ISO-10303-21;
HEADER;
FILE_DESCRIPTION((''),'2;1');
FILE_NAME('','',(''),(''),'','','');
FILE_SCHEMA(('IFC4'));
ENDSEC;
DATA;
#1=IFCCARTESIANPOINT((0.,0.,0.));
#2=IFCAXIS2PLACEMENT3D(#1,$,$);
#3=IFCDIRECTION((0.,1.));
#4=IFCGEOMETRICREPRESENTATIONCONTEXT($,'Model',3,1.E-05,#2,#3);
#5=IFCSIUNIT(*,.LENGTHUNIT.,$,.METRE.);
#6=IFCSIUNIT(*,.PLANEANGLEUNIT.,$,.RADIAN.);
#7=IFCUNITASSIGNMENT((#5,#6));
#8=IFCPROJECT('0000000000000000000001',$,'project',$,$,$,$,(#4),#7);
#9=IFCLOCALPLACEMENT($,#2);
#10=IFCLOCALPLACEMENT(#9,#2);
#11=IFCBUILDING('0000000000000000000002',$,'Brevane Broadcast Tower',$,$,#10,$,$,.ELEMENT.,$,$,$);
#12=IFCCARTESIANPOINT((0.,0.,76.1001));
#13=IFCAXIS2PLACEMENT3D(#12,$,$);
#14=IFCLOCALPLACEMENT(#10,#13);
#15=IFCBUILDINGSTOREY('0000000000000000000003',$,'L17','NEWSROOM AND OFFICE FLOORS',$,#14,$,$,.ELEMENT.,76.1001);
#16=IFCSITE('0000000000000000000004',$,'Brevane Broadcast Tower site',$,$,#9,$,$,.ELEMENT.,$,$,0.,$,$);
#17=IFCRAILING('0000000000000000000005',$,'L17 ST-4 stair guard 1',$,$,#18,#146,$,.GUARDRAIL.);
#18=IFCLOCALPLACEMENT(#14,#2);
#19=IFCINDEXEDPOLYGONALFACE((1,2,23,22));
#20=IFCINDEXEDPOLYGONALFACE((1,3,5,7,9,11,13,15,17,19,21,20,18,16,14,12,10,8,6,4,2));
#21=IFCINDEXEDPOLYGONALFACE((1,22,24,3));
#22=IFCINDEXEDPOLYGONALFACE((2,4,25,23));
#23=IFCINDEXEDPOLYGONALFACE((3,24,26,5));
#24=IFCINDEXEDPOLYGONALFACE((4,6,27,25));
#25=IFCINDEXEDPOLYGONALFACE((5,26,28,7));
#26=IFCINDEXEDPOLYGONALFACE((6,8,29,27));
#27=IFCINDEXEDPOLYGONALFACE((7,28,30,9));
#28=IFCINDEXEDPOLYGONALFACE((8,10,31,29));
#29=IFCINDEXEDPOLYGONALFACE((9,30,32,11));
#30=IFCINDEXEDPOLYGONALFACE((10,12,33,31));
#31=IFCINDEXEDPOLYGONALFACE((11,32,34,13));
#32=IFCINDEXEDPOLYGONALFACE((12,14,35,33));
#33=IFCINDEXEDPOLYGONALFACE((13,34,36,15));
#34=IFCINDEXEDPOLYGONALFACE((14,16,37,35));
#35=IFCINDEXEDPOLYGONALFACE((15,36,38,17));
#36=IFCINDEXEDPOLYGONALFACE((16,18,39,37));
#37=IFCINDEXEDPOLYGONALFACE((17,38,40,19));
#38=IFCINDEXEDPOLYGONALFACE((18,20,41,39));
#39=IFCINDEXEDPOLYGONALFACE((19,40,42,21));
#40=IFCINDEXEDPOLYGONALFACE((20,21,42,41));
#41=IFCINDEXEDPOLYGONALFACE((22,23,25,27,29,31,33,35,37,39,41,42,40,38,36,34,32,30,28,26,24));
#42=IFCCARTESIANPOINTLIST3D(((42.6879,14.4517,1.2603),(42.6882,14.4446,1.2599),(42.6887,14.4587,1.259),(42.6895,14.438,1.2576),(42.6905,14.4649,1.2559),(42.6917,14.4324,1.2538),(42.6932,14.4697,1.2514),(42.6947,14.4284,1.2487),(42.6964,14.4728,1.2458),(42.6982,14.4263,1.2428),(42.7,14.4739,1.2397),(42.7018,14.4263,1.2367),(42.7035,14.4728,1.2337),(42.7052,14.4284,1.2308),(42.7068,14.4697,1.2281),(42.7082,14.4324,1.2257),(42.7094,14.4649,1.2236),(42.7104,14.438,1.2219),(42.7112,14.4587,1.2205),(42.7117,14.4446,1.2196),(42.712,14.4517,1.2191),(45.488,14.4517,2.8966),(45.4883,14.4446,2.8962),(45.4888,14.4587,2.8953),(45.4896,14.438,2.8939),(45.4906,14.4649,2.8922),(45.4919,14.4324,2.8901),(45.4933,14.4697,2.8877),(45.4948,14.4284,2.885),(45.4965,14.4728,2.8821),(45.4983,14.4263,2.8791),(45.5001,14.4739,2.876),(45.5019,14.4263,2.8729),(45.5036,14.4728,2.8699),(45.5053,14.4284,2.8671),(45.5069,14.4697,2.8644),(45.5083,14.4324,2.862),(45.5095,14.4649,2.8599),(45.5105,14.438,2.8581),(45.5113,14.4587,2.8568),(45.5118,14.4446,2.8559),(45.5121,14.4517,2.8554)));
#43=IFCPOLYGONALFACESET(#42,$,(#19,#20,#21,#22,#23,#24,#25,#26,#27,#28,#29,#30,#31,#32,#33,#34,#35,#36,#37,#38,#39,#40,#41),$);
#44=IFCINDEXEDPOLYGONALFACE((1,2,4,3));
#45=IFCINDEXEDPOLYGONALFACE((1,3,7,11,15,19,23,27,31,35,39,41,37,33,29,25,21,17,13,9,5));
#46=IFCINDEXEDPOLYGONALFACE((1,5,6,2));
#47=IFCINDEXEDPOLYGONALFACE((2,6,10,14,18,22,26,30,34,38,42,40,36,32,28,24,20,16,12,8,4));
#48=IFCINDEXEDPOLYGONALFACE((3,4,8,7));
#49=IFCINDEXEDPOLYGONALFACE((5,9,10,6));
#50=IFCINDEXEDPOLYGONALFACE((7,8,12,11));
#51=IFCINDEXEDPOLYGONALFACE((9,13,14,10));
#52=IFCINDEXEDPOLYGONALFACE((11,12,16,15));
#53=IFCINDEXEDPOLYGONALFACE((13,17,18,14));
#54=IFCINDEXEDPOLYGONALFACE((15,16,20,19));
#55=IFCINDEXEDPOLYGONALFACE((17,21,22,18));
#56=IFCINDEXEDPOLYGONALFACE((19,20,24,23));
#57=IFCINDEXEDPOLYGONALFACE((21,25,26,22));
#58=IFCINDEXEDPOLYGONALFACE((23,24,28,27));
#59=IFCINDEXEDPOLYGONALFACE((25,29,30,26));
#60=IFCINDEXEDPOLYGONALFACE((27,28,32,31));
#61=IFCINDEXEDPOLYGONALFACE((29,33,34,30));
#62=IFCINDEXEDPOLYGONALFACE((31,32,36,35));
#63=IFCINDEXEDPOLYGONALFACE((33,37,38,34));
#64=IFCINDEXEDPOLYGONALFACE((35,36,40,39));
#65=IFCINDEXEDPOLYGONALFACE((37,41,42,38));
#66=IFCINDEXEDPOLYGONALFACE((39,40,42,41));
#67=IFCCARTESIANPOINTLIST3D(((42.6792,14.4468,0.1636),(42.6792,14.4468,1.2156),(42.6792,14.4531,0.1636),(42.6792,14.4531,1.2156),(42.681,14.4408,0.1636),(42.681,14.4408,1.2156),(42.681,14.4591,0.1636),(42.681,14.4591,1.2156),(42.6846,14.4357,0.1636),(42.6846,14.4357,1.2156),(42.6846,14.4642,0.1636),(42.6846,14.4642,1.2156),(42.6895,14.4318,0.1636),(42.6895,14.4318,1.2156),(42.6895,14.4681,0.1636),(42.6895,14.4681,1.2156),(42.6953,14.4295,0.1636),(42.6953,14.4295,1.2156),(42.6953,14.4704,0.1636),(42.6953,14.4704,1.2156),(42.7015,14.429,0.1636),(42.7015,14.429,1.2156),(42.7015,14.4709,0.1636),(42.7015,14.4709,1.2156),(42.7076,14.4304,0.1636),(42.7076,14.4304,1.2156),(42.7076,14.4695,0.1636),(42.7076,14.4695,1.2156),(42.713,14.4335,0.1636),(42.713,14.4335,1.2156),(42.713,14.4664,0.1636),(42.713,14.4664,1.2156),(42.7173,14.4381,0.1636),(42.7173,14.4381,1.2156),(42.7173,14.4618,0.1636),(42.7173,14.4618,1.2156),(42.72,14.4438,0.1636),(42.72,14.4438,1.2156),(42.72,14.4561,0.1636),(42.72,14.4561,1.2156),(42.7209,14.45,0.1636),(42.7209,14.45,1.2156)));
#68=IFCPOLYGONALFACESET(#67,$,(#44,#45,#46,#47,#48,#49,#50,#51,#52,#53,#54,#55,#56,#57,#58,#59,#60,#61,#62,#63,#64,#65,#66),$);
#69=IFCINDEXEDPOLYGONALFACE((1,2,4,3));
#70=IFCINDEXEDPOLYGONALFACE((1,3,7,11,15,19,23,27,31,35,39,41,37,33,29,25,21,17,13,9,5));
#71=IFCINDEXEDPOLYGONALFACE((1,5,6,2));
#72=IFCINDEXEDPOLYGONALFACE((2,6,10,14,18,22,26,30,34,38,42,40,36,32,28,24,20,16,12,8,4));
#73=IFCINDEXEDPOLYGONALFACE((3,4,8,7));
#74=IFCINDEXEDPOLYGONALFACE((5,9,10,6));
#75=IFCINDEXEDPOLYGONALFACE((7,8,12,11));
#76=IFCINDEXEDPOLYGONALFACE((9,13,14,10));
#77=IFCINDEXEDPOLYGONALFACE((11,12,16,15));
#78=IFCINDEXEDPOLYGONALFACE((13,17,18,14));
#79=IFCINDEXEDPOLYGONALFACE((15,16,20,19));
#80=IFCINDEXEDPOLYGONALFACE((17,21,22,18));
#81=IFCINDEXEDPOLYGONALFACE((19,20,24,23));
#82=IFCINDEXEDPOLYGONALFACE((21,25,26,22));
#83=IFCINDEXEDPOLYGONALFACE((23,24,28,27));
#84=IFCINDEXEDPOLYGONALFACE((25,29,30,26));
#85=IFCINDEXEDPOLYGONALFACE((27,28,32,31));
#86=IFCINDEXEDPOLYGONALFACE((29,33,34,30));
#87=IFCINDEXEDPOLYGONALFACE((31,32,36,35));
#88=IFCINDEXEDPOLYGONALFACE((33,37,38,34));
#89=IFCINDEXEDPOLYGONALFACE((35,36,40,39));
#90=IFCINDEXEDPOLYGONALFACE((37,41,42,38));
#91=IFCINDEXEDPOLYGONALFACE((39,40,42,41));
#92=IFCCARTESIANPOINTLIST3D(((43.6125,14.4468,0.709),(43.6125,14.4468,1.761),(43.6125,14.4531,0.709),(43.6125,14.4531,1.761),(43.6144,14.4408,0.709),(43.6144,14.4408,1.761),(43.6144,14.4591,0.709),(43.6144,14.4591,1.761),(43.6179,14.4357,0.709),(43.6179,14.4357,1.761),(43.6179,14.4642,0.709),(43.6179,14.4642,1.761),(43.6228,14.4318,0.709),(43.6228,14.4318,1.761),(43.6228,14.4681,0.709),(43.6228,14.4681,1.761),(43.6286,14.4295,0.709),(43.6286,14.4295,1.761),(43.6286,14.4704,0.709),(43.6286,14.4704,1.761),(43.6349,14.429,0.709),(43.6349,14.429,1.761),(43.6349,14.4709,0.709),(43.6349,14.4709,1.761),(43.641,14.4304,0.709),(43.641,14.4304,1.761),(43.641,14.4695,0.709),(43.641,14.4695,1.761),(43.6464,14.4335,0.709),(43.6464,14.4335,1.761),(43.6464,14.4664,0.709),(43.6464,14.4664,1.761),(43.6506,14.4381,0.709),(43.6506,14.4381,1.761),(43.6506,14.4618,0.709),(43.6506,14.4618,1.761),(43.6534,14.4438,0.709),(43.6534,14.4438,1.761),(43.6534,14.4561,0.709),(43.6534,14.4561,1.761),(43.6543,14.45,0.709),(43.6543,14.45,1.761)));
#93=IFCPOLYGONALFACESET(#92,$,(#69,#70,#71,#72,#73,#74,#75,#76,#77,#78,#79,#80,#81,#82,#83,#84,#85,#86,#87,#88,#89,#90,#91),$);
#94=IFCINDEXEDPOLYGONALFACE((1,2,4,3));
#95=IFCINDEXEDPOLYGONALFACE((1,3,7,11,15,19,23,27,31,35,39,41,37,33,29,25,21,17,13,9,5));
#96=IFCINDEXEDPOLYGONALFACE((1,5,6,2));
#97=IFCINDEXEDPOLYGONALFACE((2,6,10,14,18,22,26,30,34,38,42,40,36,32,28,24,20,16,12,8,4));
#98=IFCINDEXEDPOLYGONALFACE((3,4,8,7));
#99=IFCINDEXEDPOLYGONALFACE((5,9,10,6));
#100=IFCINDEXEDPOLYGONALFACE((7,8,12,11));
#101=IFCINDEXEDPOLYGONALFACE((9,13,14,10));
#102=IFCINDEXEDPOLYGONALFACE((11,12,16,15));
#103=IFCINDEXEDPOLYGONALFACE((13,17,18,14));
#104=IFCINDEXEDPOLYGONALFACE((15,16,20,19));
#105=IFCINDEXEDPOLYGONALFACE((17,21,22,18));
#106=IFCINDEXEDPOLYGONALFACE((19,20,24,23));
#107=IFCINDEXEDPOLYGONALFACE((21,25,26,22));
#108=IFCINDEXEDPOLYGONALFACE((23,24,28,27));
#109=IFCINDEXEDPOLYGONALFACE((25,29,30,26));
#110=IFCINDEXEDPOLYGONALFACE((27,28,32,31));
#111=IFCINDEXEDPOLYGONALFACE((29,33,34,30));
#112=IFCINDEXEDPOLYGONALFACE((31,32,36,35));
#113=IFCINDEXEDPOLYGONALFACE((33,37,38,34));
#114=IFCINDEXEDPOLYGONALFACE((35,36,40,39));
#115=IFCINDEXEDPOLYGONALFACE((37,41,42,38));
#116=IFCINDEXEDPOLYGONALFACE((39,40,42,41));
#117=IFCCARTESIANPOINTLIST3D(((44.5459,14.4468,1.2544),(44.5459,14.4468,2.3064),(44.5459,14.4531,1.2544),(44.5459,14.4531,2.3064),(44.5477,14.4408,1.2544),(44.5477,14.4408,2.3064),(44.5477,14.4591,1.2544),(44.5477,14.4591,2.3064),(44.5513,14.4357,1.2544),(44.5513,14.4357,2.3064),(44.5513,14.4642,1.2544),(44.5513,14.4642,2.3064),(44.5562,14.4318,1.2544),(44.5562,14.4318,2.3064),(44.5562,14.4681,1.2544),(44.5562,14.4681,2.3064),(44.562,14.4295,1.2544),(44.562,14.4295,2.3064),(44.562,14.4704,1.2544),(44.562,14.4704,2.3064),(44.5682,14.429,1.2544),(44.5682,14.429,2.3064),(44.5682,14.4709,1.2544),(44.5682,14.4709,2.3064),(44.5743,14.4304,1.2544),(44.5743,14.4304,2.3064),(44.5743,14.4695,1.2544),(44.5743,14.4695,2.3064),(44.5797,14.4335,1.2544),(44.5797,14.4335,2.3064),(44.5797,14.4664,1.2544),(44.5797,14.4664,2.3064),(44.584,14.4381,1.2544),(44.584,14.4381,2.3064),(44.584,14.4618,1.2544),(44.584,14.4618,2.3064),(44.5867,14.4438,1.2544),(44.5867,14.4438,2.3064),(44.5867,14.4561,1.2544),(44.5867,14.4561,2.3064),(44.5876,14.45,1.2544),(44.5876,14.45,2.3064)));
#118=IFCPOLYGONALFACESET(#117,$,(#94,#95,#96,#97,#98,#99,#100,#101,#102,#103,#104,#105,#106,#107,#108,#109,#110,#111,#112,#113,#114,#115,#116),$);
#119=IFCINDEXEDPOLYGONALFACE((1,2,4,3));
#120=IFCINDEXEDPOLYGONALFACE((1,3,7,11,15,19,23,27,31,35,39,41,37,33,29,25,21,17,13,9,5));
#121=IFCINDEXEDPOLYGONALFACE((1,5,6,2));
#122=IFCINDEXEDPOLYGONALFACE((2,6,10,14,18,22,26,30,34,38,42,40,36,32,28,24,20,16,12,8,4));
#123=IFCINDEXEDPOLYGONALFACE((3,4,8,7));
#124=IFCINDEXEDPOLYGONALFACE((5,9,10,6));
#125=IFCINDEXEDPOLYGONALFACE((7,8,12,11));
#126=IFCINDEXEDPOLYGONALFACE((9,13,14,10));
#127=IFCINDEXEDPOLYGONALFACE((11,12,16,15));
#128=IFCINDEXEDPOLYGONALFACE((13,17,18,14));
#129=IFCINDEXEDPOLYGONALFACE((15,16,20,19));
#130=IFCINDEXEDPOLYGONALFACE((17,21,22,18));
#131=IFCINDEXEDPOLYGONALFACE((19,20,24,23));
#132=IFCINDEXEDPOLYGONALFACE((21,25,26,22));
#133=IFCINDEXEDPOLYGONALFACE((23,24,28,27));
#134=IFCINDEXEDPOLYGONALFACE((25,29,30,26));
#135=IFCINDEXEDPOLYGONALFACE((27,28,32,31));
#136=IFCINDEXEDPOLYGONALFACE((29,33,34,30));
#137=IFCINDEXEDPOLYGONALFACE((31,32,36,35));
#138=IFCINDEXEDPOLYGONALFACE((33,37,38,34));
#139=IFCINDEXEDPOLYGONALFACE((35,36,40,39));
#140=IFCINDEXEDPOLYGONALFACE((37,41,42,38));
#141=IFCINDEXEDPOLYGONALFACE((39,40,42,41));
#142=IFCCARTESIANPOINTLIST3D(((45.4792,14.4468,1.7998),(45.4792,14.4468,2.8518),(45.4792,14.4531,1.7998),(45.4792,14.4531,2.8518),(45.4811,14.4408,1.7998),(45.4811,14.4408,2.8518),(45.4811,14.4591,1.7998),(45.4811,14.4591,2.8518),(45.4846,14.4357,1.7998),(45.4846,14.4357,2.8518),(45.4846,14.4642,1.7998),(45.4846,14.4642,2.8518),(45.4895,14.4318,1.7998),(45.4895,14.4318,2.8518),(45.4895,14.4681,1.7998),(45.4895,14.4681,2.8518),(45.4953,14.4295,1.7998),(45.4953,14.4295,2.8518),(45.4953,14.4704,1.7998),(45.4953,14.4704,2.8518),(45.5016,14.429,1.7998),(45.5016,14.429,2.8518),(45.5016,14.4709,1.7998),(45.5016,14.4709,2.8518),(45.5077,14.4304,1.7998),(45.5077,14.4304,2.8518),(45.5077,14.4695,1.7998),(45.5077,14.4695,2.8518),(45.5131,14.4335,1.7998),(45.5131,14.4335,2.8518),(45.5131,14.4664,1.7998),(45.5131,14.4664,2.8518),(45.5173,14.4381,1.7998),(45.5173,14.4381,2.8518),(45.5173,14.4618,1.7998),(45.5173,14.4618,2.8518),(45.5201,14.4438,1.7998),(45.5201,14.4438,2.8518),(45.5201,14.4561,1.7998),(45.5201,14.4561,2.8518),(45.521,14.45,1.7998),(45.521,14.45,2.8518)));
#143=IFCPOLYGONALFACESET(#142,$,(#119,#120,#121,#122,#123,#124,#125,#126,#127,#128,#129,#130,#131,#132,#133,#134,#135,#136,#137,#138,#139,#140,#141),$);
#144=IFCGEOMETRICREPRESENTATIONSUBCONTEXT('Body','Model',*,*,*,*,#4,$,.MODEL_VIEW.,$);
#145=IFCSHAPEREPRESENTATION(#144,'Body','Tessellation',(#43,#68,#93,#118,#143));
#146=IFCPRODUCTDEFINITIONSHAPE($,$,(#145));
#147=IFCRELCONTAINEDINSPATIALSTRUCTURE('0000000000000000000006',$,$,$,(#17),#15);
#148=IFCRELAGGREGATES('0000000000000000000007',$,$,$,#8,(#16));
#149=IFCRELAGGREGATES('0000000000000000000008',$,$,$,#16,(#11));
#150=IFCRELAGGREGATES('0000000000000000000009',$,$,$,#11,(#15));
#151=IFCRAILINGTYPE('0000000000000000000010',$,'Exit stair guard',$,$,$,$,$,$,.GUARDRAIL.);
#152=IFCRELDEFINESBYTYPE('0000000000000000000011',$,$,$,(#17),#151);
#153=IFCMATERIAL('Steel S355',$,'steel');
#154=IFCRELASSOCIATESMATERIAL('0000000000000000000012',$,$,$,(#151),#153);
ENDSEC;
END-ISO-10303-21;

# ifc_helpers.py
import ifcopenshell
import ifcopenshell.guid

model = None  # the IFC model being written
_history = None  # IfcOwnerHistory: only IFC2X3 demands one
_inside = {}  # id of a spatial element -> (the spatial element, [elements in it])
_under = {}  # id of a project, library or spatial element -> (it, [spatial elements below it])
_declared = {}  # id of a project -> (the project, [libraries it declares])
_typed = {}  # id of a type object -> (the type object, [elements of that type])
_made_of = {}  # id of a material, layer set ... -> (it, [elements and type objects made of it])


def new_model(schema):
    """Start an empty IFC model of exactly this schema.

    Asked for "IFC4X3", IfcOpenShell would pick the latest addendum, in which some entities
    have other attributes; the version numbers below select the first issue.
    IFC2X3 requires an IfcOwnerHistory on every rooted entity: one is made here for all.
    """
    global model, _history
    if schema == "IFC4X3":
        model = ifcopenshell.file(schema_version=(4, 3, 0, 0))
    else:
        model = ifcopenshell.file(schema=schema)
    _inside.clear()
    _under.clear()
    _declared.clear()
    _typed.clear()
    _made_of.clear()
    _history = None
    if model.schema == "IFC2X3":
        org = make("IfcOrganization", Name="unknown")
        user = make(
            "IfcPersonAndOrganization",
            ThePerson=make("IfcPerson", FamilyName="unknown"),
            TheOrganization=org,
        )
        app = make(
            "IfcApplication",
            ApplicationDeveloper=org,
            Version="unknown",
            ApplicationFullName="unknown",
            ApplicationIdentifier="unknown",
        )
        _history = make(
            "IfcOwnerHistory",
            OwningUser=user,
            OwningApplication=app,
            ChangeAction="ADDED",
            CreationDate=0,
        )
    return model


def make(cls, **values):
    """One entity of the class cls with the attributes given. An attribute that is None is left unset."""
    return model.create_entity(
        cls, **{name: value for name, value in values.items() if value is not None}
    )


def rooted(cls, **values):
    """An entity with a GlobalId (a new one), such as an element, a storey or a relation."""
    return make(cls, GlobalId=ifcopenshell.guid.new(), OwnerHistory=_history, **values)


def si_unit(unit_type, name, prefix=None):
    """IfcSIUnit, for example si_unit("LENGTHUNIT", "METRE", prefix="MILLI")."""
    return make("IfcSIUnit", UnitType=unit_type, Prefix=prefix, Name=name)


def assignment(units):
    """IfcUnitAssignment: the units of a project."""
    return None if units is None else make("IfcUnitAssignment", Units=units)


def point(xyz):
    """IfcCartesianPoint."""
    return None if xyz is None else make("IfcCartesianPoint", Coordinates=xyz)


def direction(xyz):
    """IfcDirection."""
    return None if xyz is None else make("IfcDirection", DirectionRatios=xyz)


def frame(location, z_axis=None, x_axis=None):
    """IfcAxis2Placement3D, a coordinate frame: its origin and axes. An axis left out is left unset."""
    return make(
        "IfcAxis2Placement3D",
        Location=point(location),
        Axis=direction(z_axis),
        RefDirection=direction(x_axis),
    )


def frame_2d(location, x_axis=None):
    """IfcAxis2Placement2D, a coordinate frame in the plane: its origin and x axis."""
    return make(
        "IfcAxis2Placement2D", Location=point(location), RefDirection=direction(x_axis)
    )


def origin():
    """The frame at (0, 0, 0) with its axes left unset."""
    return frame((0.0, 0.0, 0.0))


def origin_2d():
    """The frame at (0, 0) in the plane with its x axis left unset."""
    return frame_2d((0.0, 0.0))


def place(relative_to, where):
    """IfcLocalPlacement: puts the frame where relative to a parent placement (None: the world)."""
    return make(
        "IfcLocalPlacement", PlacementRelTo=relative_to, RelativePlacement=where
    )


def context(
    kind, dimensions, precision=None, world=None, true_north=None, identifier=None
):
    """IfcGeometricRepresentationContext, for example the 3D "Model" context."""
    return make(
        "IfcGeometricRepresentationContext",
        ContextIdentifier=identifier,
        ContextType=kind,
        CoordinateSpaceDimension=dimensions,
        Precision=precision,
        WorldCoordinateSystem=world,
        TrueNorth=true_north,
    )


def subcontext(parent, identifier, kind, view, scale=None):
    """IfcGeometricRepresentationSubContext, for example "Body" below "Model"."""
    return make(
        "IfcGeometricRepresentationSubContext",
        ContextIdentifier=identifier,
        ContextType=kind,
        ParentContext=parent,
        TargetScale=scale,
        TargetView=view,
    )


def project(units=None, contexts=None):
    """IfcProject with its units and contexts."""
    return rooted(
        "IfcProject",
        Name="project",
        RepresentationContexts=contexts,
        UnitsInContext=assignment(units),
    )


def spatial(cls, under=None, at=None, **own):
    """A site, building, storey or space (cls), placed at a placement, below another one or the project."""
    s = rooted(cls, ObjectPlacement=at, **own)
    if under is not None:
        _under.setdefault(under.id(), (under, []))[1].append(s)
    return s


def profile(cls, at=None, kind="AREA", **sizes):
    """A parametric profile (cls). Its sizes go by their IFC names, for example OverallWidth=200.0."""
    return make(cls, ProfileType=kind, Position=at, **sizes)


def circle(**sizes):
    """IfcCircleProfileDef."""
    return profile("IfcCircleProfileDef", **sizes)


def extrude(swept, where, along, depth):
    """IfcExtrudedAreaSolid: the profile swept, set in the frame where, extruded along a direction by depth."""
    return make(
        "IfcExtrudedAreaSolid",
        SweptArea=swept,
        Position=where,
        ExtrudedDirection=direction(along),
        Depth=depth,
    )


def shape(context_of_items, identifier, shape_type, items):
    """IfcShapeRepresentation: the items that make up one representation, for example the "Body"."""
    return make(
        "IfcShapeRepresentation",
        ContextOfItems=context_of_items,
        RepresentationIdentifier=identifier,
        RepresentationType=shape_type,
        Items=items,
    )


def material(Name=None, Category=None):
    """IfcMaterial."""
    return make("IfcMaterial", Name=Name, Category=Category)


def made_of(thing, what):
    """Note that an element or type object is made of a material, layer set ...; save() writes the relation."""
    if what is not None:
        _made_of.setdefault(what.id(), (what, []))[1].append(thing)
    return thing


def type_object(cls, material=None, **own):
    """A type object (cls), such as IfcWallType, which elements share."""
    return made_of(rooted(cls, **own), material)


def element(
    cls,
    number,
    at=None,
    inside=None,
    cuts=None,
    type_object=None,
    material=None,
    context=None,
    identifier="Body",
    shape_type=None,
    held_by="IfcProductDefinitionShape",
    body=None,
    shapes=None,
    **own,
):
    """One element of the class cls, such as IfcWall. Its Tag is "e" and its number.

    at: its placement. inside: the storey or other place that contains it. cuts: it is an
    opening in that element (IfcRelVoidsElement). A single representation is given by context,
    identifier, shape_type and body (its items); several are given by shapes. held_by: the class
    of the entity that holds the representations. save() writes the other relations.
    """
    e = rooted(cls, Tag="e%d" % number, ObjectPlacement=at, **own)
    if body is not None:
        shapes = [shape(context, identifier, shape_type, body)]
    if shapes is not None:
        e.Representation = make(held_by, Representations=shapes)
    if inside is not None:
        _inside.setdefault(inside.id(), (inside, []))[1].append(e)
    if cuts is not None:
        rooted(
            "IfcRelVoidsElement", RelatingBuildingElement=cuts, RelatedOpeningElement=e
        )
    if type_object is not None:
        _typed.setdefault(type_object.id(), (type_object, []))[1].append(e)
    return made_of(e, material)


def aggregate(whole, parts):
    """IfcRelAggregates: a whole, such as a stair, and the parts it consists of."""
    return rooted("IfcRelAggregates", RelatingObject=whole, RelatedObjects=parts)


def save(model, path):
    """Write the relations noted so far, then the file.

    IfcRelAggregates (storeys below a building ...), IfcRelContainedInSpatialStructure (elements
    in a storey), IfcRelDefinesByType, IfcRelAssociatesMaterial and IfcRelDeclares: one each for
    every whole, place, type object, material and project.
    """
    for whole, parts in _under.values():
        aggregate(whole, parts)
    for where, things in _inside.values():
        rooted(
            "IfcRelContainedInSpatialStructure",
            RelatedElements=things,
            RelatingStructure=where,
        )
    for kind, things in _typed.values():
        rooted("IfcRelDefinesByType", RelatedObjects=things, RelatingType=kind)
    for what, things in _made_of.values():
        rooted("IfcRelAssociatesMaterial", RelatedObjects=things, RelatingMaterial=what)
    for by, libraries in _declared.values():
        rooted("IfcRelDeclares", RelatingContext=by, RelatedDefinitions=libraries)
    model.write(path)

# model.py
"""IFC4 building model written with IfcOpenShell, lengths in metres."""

from ifc_helpers import new_model, si_unit, direction, frame, origin, origin_2d, place, context, subcontext, project, spatial, circle, extrude, material, type_object, element, save


model = new_model("IFC4")

# Units and contexts
model_context = context("Model", 3, precision=1e-05, world=origin(), true_north=direction((0.0, 1.0)))
body_context = subcontext(model_context, "Body", "Model", "MODEL_VIEW")
ifc_project = project(units=[si_unit("LENGTHUNIT", "METRE"), si_unit("PLANEANGLEUNIT", "RADIAN")], contexts=[model_context])

# Site, building, storey
site_placement = place(None, origin())
site = spatial("IfcSite", under=ifc_project, at=site_placement, Name="Brevane Broadcast Tower site", CompositionType="ELEMENT", RefElevation=0.0)
building_placement = place(site_placement, origin())
building = spatial("IfcBuilding", under=site, at=building_placement, Name="Brevane Broadcast Tower", CompositionType="ELEMENT")
storey_placement = place(building_placement, frame((0.0, 0.0, 76.1001)))
storey = spatial("IfcBuildingStorey", under=building, at=storey_placement, Name="L17", Description="NEWSROOM AND OFFICE FLOORS", CompositionType="ELEMENT", Elevation=76.1001)

# Railing
ifc_material_1 = material(Name="Steel S355", Category="steel")
railing_type_1 = type_object("IfcRailingType", Name="Exit stair guard", PredefinedType="GUARDRAIL", material=ifc_material_1)
railing_1_placement = place(storey_placement, frame((42.7, 14.45, 0.1636)))
element("IfcRailing", 1, at=railing_1_placement, inside=storey, type_object=railing_type_1, Name="L17 ST-4 stair guard 1", PredefinedType="GUARDRAIL", context=body_context, shape_type="SweptSolid", body=[
    extrude(circle(Radius=0.0239, at=origin_2d()), frame((0.0, 0.0, 1.0762), z_axis=(0.863394, 0.0, 0.504531), x_axis=(0.0, 1.0, 0.0)), (0.0, 0.0, 1.0), 3.2432),
    extrude(circle(Radius=0.021, at=origin_2d()), origin(), (0.0, 0.0, 1.0), 1.052),
    extrude(circle(Radius=0.021, at=origin_2d()), frame((0.9333, 0.0, 0.5454)), (0.0, 0.0, 1.0), 1.052),
    extrude(circle(Radius=0.021, at=origin_2d()), frame((1.8667, 0.0, 1.0908)), (0.0, 0.0, 1.0), 1.052),
    extrude(circle(Radius=0.021, at=origin_2d()), frame((2.8, 0.0, 1.6362)), (0.0, 0.0, 1.0), 1.052),
])

save(model, "model.ifc")
